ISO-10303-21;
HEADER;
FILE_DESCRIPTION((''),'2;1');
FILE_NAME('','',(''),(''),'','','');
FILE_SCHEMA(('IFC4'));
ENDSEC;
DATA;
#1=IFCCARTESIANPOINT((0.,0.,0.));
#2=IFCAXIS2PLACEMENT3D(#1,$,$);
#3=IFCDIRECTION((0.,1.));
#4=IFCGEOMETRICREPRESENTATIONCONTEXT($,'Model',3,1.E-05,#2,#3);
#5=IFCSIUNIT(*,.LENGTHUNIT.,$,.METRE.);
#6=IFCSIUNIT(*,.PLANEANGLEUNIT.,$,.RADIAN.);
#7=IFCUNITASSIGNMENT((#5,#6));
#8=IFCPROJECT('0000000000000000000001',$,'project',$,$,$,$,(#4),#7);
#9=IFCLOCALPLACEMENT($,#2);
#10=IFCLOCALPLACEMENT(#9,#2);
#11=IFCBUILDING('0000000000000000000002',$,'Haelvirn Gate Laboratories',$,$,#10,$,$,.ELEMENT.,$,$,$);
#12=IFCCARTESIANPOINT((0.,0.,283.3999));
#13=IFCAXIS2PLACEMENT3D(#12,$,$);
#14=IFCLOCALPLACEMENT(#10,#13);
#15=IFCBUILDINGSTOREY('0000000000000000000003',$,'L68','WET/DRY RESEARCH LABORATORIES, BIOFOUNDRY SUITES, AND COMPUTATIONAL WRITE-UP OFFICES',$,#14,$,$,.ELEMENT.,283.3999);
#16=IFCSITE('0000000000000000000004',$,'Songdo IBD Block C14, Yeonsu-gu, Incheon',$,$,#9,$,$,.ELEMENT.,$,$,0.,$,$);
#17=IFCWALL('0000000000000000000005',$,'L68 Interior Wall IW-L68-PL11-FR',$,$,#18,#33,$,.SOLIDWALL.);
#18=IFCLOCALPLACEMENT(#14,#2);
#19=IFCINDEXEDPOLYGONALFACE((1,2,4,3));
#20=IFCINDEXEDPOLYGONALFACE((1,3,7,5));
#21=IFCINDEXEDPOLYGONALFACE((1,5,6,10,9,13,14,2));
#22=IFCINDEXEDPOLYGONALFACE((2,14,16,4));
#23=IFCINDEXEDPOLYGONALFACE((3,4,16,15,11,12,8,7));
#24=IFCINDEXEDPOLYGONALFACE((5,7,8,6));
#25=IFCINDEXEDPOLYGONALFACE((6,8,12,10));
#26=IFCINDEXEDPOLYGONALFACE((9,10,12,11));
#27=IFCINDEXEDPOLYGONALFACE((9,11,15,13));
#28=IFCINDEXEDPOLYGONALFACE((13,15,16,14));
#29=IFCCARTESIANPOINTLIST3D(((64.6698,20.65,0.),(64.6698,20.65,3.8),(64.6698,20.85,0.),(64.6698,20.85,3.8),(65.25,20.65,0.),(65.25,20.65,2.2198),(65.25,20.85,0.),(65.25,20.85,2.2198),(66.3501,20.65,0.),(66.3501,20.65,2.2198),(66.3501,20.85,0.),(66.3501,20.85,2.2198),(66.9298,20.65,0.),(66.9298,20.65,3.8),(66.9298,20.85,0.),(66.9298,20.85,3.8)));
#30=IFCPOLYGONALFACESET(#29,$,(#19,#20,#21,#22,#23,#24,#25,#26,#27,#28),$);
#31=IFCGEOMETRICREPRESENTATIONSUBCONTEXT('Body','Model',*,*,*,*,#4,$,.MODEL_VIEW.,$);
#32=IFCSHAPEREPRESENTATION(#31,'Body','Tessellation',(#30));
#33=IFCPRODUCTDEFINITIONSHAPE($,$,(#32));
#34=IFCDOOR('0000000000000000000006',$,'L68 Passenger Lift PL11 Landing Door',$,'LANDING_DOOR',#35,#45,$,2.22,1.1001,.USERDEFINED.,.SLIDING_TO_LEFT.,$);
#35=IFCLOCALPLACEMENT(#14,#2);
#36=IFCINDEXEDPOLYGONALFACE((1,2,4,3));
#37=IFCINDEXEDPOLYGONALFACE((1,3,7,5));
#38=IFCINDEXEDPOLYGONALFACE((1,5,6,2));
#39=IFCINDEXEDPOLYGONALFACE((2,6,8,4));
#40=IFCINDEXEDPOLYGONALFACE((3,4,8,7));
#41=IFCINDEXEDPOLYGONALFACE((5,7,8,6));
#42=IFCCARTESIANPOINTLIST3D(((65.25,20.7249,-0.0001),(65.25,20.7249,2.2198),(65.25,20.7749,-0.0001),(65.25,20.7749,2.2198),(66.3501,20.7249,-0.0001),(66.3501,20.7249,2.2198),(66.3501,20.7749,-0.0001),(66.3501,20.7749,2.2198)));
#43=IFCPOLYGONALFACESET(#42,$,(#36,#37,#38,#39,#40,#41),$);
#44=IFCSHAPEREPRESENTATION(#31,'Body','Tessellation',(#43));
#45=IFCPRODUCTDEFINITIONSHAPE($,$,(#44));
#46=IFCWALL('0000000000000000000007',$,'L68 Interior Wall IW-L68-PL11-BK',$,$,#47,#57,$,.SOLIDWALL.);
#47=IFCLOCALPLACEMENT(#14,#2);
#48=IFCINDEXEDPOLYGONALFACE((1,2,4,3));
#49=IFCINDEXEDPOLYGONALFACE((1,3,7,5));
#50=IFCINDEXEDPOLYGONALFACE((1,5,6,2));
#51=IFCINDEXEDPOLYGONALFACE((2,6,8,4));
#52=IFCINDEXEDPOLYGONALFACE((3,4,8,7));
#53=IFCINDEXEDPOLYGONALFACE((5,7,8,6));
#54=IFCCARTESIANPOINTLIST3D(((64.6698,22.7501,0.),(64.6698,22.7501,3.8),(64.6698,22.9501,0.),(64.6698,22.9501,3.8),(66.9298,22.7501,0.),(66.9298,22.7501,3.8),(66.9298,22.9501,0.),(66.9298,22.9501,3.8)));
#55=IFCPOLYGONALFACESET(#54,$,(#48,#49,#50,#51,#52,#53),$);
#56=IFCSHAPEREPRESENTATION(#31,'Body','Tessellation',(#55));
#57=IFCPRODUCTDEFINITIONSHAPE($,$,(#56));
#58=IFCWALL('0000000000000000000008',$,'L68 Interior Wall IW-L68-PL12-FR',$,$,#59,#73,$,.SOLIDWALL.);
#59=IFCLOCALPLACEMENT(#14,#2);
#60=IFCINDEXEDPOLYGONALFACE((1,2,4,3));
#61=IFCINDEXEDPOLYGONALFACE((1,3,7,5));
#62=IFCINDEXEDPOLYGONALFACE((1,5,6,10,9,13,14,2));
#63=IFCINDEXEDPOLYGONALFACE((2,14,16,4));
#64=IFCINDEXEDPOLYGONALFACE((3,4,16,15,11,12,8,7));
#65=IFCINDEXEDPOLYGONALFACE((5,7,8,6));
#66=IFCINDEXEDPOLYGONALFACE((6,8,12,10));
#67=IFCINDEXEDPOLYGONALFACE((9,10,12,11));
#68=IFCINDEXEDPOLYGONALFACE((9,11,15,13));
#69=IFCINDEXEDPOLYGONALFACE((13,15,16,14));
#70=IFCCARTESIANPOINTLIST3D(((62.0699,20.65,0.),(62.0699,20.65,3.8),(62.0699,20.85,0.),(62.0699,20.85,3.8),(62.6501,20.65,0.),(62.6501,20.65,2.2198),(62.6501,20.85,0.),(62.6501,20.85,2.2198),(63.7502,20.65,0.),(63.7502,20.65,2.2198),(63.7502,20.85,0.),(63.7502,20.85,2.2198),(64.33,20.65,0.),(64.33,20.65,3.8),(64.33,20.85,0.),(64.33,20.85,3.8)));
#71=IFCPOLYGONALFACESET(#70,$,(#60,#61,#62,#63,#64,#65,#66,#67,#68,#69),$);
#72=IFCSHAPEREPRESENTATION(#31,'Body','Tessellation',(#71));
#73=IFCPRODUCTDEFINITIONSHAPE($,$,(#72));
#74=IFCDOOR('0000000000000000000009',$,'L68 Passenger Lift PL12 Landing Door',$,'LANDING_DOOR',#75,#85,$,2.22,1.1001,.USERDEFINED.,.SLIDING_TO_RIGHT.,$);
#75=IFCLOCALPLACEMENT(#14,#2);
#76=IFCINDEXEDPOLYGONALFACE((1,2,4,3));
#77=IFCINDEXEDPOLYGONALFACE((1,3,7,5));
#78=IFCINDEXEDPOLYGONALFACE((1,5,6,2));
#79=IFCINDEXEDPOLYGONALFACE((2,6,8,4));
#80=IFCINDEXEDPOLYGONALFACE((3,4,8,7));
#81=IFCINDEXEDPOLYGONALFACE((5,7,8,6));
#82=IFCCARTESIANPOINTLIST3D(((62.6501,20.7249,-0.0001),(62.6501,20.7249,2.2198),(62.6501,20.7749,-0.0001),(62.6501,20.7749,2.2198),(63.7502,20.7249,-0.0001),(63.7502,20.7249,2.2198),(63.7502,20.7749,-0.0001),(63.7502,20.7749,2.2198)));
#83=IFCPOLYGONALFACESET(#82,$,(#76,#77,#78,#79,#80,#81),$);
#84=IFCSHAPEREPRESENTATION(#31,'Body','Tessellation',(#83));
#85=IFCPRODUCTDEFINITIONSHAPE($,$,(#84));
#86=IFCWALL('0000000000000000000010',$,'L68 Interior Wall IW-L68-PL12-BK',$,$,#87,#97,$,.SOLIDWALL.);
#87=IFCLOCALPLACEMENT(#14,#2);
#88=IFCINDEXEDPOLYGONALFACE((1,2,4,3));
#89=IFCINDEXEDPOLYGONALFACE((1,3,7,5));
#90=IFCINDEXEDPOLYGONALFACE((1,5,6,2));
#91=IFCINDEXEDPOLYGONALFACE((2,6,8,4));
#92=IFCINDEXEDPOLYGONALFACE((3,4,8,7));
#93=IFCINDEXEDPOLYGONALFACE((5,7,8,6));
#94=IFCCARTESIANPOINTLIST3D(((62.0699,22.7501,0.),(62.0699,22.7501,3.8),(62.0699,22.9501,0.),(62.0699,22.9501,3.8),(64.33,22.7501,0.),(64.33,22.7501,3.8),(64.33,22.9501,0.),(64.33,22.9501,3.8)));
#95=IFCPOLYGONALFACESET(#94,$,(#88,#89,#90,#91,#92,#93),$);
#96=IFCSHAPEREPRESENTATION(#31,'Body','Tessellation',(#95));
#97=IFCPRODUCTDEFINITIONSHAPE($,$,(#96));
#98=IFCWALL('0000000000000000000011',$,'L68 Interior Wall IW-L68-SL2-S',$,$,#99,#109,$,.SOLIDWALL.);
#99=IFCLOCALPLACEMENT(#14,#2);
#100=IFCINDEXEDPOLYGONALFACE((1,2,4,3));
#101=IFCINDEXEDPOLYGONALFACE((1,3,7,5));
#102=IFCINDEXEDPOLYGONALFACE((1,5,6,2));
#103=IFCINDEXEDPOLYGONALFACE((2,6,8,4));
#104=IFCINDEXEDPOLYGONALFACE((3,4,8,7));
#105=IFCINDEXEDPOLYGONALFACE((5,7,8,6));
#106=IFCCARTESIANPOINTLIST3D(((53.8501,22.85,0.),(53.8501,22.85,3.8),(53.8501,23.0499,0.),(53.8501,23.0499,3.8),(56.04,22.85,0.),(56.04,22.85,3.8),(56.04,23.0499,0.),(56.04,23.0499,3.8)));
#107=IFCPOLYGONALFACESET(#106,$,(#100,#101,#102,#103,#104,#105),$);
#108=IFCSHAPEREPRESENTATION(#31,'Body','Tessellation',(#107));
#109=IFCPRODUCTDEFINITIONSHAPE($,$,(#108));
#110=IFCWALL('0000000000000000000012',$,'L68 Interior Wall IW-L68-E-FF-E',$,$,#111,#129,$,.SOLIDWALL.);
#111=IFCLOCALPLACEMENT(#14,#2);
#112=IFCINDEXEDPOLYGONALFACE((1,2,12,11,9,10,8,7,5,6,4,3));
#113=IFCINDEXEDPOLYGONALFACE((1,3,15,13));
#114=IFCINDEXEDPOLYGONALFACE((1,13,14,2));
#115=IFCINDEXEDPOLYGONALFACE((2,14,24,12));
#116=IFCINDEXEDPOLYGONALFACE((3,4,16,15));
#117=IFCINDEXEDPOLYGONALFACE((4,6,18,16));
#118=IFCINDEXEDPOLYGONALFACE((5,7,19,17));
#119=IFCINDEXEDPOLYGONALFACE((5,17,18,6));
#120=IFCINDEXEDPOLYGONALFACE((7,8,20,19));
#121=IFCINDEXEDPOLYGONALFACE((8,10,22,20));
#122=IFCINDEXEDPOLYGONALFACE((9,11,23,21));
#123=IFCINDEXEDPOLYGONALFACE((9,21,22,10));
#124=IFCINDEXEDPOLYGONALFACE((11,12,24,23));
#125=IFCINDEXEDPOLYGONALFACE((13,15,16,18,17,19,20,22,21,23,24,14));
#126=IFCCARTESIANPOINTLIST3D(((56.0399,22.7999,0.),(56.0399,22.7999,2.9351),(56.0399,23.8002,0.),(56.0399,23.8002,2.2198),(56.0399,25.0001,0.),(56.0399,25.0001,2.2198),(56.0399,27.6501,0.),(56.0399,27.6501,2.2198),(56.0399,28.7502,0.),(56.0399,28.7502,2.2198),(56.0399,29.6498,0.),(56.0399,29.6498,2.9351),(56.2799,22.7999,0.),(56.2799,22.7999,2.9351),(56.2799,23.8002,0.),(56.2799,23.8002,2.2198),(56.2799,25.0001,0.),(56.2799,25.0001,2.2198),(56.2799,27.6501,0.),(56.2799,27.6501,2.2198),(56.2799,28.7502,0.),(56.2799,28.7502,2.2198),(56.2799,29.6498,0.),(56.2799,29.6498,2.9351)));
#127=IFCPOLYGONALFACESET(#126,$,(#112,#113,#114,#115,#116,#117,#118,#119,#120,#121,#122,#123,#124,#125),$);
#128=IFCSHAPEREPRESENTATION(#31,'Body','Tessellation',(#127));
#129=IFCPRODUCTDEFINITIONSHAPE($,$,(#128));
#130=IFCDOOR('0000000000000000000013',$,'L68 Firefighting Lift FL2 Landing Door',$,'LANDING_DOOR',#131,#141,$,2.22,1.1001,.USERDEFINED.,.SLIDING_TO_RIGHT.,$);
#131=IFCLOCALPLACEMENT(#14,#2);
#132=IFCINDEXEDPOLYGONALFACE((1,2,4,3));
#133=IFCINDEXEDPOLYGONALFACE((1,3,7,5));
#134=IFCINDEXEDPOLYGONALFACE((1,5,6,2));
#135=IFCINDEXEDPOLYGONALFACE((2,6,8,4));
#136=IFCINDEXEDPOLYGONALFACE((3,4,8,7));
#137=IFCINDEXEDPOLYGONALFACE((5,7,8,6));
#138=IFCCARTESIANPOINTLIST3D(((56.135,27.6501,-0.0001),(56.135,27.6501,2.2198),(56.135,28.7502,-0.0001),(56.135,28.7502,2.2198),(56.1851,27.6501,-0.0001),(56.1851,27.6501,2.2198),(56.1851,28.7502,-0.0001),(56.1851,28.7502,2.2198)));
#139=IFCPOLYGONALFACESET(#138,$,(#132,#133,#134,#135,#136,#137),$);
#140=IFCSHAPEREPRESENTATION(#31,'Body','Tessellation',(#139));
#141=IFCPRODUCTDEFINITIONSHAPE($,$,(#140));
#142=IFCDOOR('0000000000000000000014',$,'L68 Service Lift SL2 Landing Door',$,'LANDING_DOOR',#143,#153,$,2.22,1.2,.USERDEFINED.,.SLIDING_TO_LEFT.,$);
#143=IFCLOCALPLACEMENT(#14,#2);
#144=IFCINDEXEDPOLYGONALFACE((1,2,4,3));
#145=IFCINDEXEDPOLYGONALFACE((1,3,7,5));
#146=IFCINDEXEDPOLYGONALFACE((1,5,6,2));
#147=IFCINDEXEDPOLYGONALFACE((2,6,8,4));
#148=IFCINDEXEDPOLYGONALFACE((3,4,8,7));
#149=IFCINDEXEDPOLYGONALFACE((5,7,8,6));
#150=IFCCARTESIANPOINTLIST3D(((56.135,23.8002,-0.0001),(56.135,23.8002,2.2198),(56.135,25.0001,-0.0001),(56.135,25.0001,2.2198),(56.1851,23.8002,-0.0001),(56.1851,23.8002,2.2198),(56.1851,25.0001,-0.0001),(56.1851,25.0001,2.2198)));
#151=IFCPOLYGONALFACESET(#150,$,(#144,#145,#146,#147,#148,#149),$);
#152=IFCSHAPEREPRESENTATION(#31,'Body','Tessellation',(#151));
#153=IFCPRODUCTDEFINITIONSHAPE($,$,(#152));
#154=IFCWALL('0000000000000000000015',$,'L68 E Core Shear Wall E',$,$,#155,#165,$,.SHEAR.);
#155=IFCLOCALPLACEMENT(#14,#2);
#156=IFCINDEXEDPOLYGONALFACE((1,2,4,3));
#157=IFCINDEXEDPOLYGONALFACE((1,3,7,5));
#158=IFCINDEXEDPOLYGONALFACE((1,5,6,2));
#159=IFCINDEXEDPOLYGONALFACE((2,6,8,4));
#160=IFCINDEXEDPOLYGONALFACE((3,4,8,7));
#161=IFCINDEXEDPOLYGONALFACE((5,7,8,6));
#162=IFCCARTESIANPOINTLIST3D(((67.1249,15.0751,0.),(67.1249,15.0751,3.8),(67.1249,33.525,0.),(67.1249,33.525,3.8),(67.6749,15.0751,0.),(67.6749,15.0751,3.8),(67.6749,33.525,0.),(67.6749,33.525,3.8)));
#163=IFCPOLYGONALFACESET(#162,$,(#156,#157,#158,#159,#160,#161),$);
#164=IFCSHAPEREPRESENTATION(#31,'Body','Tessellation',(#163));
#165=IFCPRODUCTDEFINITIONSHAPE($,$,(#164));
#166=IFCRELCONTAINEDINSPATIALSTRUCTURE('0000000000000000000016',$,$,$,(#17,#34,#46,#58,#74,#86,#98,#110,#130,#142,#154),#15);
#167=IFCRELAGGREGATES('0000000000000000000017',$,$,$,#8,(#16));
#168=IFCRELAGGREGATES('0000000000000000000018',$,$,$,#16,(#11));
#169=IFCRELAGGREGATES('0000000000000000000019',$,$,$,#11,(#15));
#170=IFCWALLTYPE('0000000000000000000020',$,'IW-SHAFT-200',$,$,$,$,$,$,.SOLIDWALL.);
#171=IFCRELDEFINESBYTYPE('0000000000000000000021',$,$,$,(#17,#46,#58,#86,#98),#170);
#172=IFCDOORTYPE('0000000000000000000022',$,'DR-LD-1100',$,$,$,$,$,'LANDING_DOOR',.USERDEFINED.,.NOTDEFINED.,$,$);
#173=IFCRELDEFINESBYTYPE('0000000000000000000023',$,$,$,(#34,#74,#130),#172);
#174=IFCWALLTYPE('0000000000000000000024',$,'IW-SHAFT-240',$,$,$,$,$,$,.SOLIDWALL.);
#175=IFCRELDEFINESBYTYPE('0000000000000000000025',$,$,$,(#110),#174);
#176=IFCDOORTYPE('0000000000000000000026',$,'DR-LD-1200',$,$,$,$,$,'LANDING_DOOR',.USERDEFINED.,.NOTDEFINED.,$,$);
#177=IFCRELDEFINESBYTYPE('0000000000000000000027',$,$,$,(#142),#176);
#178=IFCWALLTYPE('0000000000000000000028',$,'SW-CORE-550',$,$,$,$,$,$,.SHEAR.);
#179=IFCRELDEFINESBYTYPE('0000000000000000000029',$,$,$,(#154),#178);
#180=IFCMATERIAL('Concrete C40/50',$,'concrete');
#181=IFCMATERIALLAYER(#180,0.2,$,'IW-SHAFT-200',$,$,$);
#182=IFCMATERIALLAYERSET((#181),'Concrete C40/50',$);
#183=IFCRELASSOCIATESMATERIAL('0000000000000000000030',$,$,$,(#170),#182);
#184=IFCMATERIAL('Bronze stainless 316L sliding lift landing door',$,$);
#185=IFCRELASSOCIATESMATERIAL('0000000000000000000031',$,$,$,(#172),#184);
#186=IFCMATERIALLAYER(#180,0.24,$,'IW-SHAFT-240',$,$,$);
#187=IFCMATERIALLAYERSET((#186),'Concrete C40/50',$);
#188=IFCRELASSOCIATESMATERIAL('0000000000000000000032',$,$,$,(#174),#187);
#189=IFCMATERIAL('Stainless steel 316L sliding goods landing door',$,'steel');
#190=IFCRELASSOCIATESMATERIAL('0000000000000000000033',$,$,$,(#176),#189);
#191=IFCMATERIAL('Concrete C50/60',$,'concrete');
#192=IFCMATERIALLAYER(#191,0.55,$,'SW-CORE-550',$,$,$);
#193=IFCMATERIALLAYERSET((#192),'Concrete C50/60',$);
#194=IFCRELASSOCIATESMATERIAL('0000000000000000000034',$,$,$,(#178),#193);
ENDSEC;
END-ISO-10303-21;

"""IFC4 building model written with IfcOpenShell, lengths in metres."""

from ifc_helpers import new_model, si_unit, direction, frame, frame_2d, origin, place, context, subcontext, project, spatial, rectangle, extrude, source, transform, mapped, material, layer, layer_set, type_object, type_shapes, element, fill, save


model = new_model("IFC4")

# Units and contexts
model_context = context("Model", 3, precision=1e-05, world=origin(), true_north=direction((0.0, 1.0)))
body_context = subcontext(model_context, "Body", "Model", "MODEL_VIEW")
ifc_project = project(units=[si_unit("LENGTHUNIT", "METRE"), si_unit("PLANEANGLEUNIT", "RADIAN")], contexts=[model_context])

# Site, building, storey
site_placement = place(None, origin())
site = spatial("IfcSite", under=ifc_project, at=site_placement, Name="Songdo IBD Block C14, Yeonsu-gu, Incheon", CompositionType="ELEMENT", RefElevation=0.0)
building_placement = place(site_placement, origin())
building = spatial("IfcBuilding", under=site, at=building_placement, Name="Haelvirn Gate Laboratories", CompositionType="ELEMENT")
storey_placement = place(building_placement, frame((0.0, 0.0, 283.3999)))
storey = spatial("IfcBuildingStorey", under=building, at=storey_placement, Name="L68", Description="WET/DRY RESEARCH LABORATORIES, BIOFOUNDRY SUITES, AND COMPUTATIONAL WRITE-UP OFFICES", CompositionType="ELEMENT", Elevation=283.3999)

# Shared definitions
ifc_material_1 = material(Name="Concrete C50/60", Category="concrete")

# Shared definitions
ifc_material_2 = material(Name="Concrete C40/50", Category="concrete")

# Wall, opening, door
ifc_layer_1 = layer(ifc_material_2, 0.2, Name="IW-SHAFT-200")
ifc_layer_set_1 = layer_set([ifc_layer_1], Name="Concrete C40/50")
wall_type_1 = type_object("IfcWallType", Name="IW-SHAFT-200", PredefinedType="SOLIDWALL", material=ifc_layer_set_1)
wall_1_placement = place(storey_placement, frame((64.6699, 20.75, 0.0), z_axis=(0.0, 0.0, 1.0), x_axis=(1.0, 0.0, 0.0)))
wall_1 = element("IfcWall", 1, at=wall_1_placement, inside=storey, type_object=wall_type_1, Name="L68 Interior Wall IW-L68-PL11-FR", PredefinedType="SOLIDWALL", context=body_context, shape_type="SweptSolid", body=[
    extrude(rectangle(XDim=2.26, YDim=0.2, at=frame_2d((1.1299, 0.0))), origin(), (0.0, 0.0, 1.0), 3.8),
])
opening_1_placement = place(wall_1_placement, frame((0.5801, 0.0, 0.0)))
opening_1 = element("IfcOpeningElement", 2, at=opening_1_placement, cuts=wall_1, PredefinedType="OPENING", context=body_context, shape_type="SweptSolid", body=[
    extrude(rectangle(XDim=1.1001, YDim=2.22, at=frame_2d((0.55, 1.1099))), frame((0.0, 0.1099, 0.0), z_axis=(0.0, -1.0, 0.0), x_axis=(1.0, 0.0, 0.0)), (0.0, 0.0, 1.0), 0.22),
])
ifc_material_3 = material(Name="Bronze stainless 316L sliding lift landing door")
door_type_1 = type_object("IfcDoorType", Name="DR-LD-1100", ElementType="LANDING_DOOR", OperationType="NOTDEFINED", PredefinedType="USERDEFINED", material=ifc_material_3)
shared_shape_1 = source(origin(), body_context, "Body", "SweptSolid", [
    extrude(rectangle(XDim=1.1001, YDim=2.22, at=frame_2d((0.55, 1.1099))), frame((0.0, 0.0249, 0.0), z_axis=(0.0, -1.0, 0.0), x_axis=(1.0, 0.0, 0.0)), (0.0, 0.0, 1.0), 0.05),
])
type_shapes(door_type_1, [shared_shape_1])
door_1_placement = place(opening_1_placement, origin())
door_1 = element("IfcDoor", 3, at=door_1_placement, inside=storey, type_object=door_type_1, Name="L68 Passenger Lift PL11 Landing Door", ObjectType="LANDING_DOOR", OperationType="SLIDING_TO_LEFT", OverallHeight=2.22, OverallWidth=1.1001, PredefinedType="USERDEFINED", context=body_context, shape_type="MappedRepresentation", body=[
    mapped(shared_shape_1, transform((0.0, 0.0, 0.0), scale=1.0)),
])
fill(opening_1, door_1)

# Wall
wall_2_placement = place(storey_placement, frame((64.6699, 22.8501, 0.0), z_axis=(0.0, 0.0, 1.0), x_axis=(1.0, 0.0, 0.0)))
element("IfcWall", 4, at=wall_2_placement, inside=storey, type_object=wall_type_1, Name="L68 Interior Wall IW-L68-PL11-BK", PredefinedType="SOLIDWALL", context=body_context, shape_type="SweptSolid", body=[
    extrude(rectangle(XDim=2.26, YDim=0.2, at=frame_2d((1.1299, 0.0))), origin(), (0.0, 0.0, 1.0), 3.8),
])

# Wall, opening, door
wall_3_placement = place(storey_placement, frame((62.0701, 20.75, 0.0), z_axis=(0.0, 0.0, 1.0), x_axis=(1.0, 0.0, 0.0)))
wall_3 = element("IfcWall", 5, at=wall_3_placement, inside=storey, type_object=wall_type_1, Name="L68 Interior Wall IW-L68-PL12-FR", PredefinedType="SOLIDWALL", context=body_context, shape_type="SweptSolid", body=[
    extrude(rectangle(XDim=2.26, YDim=0.2, at=frame_2d((1.1299, 0.0))), origin(), (0.0, 0.0, 1.0), 3.8),
])
opening_2_placement = place(wall_3_placement, frame((0.5801, 0.0, 0.0)))
opening_2 = element("IfcOpeningElement", 6, at=opening_2_placement, cuts=wall_3, PredefinedType="OPENING", context=body_context, shape_type="SweptSolid", body=[
    extrude(rectangle(XDim=1.1001, YDim=2.22, at=frame_2d((0.55, 1.1099))), frame((0.0, 0.1099, 0.0), z_axis=(0.0, -1.0, 0.0), x_axis=(1.0, 0.0, 0.0)), (0.0, 0.0, 1.0), 0.22),
])
door_2_placement = place(opening_2_placement, origin())
door_2 = element("IfcDoor", 7, at=door_2_placement, inside=storey, type_object=door_type_1, Name="L68 Passenger Lift PL12 Landing Door", ObjectType="LANDING_DOOR", OperationType="SLIDING_TO_RIGHT", OverallHeight=2.22, OverallWidth=1.1001, PredefinedType="USERDEFINED", context=body_context, shape_type="MappedRepresentation", body=[
    mapped(shared_shape_1, transform((0.0, 0.0, 0.0), scale=1.0)),
])
fill(opening_2, door_2)

# Walls
wall_4_placement = place(storey_placement, frame((62.0701, 22.8501, 0.0), z_axis=(0.0, 0.0, 1.0), x_axis=(1.0, 0.0, 0.0)))
element("IfcWall", 8, at=wall_4_placement, inside=storey, type_object=wall_type_1, Name="L68 Interior Wall IW-L68-PL12-BK", PredefinedType="SOLIDWALL", context=body_context, shape_type="SweptSolid", body=[
    extrude(rectangle(XDim=2.26, YDim=0.2, at=frame_2d((1.1299, 0.0))), origin(), (0.0, 0.0, 1.0), 3.8),
])
wall_5_placement = place(storey_placement, frame((53.8501, 22.95, 0.0), z_axis=(0.0, 0.0, 1.0), x_axis=(1.0, 0.0, 0.0)))
element("IfcWall", 9, at=wall_5_placement, inside=storey, type_object=wall_type_1, Name="L68 Interior Wall IW-L68-SL2-S", PredefinedType="SOLIDWALL", context=body_context, shape_type="SweptSolid", body=[
    extrude(rectangle(XDim=2.1899, YDim=0.2, at=frame_2d((1.095, 0.0))), origin(), (0.0, 0.0, 1.0), 3.8),
])

# Wall, openings, doors
ifc_layer_2 = layer(ifc_material_2, 0.24, Name="IW-SHAFT-240")
ifc_layer_set_2 = layer_set([ifc_layer_2], Name="Concrete C40/50")
wall_type_2 = type_object("IfcWallType", Name="IW-SHAFT-240", PredefinedType="SOLIDWALL", material=ifc_layer_set_2)
wall_6_placement = place(storey_placement, frame((56.1599, 22.8, 0.0), z_axis=(0.0, 0.0, 1.0), x_axis=(0.0, 1.0, 0.0)))
wall_6 = element("IfcWall", 10, at=wall_6_placement, inside=storey, type_object=wall_type_2, Name="L68 Interior Wall IW-L68-E-FF-E", PredefinedType="SOLIDWALL", context=body_context, shape_type="SweptSolid", body=[
    extrude(rectangle(XDim=6.8499, YDim=0.24, at=frame_2d((3.4248, 0.0))), origin(), (0.0, 0.0, 1.0), 2.9351),
])
opening_3_placement = place(wall_6_placement, frame((4.8501, 0.0, 0.0)))
opening_3 = element("IfcOpeningElement", 11, at=opening_3_placement, cuts=wall_6, PredefinedType="OPENING", context=body_context, shape_type="SweptSolid", body=[
    extrude(rectangle(XDim=1.1001, YDim=2.22, at=frame_2d((0.55, 1.1099))), frame((0.0, 0.1299, 0.0), z_axis=(0.0, -1.0, 0.0), x_axis=(1.0, 0.0, 0.0)), (0.0, 0.0, 1.0), 0.26),
])
opening_4_placement = place(wall_6_placement, frame((1.0, 0.0, 0.0)))
opening_4 = element("IfcOpeningElement", 12, at=opening_4_placement, cuts=wall_6, PredefinedType="OPENING", context=body_context, shape_type="SweptSolid", body=[
    extrude(rectangle(XDim=1.2, YDim=2.22, at=frame_2d((0.6001, 1.1099))), frame((0.0, 0.1299, 0.0), z_axis=(0.0, -1.0, 0.0), x_axis=(1.0, 0.0, 0.0)), (0.0, 0.0, 1.0), 0.26),
])
door_3_placement = place(opening_3_placement, origin())
door_3 = element("IfcDoor", 13, at=door_3_placement, inside=storey, type_object=door_type_1, Name="L68 Firefighting Lift FL2 Landing Door", ObjectType="LANDING_DOOR", OperationType="SLIDING_TO_RIGHT", OverallHeight=2.22, OverallWidth=1.1001, PredefinedType="USERDEFINED", context=body_context, shape_type="MappedRepresentation", body=[
    mapped(shared_shape_1, transform((0.0, 0.0, 0.0), scale=1.0)),
])
fill(opening_3, door_3)
ifc_material_4 = material(Name="Stainless steel 316L sliding goods landing door", Category="steel")
door_type_2 = type_object("IfcDoorType", Name="DR-LD-1200", ElementType="LANDING_DOOR", OperationType="NOTDEFINED", PredefinedType="USERDEFINED", material=ifc_material_4)
shared_shape_2 = source(origin(), body_context, "Body", "SweptSolid", [
    extrude(rectangle(XDim=1.2, YDim=2.22, at=frame_2d((0.6001, 1.1099))), frame((0.0, 0.0249, 0.0), z_axis=(0.0, -1.0, 0.0), x_axis=(1.0, 0.0, 0.0)), (0.0, 0.0, 1.0), 0.05),
])
type_shapes(door_type_2, [shared_shape_2])
door_4_placement = place(opening_4_placement, origin())
door_4 = element("IfcDoor", 14, at=door_4_placement, inside=storey, type_object=door_type_2, Name="L68 Service Lift SL2 Landing Door", ObjectType="LANDING_DOOR", OperationType="SLIDING_TO_LEFT", OverallHeight=2.22, OverallWidth=1.2, PredefinedType="USERDEFINED", context=body_context, shape_type="MappedRepresentation", body=[
    mapped(shared_shape_2, transform((0.0, 0.0, 0.0), scale=1.0)),
])
fill(opening_4, door_4)

# Wall
ifc_layer_3 = layer(ifc_material_1, 0.55, Name="SW-CORE-550")
ifc_layer_set_3 = layer_set([ifc_layer_3], Name="Concrete C50/60")
wall_type_3 = type_object("IfcWallType", Name="SW-CORE-550", PredefinedType="SHEAR", material=ifc_layer_set_3)
wall_7_placement = place(storey_placement, frame((67.3999, 15.075, 0.0), z_axis=(0.0, 0.0, 1.0), x_axis=(0.0, 1.0, 0.0)))
element("IfcWall", 15, at=wall_7_placement, inside=storey, type_object=wall_type_3, Name="L68 E Core Shear Wall E", PredefinedType="SHEAR", context=body_context, shape_type="SweptSolid", body=[
    extrude(rectangle(XDim=18.45, YDim=0.55, at=frame_2d((9.2251, 0.0))), origin(), (0.0, 0.0, 1.0), 3.8),
])

save(model, "model.ifc")
